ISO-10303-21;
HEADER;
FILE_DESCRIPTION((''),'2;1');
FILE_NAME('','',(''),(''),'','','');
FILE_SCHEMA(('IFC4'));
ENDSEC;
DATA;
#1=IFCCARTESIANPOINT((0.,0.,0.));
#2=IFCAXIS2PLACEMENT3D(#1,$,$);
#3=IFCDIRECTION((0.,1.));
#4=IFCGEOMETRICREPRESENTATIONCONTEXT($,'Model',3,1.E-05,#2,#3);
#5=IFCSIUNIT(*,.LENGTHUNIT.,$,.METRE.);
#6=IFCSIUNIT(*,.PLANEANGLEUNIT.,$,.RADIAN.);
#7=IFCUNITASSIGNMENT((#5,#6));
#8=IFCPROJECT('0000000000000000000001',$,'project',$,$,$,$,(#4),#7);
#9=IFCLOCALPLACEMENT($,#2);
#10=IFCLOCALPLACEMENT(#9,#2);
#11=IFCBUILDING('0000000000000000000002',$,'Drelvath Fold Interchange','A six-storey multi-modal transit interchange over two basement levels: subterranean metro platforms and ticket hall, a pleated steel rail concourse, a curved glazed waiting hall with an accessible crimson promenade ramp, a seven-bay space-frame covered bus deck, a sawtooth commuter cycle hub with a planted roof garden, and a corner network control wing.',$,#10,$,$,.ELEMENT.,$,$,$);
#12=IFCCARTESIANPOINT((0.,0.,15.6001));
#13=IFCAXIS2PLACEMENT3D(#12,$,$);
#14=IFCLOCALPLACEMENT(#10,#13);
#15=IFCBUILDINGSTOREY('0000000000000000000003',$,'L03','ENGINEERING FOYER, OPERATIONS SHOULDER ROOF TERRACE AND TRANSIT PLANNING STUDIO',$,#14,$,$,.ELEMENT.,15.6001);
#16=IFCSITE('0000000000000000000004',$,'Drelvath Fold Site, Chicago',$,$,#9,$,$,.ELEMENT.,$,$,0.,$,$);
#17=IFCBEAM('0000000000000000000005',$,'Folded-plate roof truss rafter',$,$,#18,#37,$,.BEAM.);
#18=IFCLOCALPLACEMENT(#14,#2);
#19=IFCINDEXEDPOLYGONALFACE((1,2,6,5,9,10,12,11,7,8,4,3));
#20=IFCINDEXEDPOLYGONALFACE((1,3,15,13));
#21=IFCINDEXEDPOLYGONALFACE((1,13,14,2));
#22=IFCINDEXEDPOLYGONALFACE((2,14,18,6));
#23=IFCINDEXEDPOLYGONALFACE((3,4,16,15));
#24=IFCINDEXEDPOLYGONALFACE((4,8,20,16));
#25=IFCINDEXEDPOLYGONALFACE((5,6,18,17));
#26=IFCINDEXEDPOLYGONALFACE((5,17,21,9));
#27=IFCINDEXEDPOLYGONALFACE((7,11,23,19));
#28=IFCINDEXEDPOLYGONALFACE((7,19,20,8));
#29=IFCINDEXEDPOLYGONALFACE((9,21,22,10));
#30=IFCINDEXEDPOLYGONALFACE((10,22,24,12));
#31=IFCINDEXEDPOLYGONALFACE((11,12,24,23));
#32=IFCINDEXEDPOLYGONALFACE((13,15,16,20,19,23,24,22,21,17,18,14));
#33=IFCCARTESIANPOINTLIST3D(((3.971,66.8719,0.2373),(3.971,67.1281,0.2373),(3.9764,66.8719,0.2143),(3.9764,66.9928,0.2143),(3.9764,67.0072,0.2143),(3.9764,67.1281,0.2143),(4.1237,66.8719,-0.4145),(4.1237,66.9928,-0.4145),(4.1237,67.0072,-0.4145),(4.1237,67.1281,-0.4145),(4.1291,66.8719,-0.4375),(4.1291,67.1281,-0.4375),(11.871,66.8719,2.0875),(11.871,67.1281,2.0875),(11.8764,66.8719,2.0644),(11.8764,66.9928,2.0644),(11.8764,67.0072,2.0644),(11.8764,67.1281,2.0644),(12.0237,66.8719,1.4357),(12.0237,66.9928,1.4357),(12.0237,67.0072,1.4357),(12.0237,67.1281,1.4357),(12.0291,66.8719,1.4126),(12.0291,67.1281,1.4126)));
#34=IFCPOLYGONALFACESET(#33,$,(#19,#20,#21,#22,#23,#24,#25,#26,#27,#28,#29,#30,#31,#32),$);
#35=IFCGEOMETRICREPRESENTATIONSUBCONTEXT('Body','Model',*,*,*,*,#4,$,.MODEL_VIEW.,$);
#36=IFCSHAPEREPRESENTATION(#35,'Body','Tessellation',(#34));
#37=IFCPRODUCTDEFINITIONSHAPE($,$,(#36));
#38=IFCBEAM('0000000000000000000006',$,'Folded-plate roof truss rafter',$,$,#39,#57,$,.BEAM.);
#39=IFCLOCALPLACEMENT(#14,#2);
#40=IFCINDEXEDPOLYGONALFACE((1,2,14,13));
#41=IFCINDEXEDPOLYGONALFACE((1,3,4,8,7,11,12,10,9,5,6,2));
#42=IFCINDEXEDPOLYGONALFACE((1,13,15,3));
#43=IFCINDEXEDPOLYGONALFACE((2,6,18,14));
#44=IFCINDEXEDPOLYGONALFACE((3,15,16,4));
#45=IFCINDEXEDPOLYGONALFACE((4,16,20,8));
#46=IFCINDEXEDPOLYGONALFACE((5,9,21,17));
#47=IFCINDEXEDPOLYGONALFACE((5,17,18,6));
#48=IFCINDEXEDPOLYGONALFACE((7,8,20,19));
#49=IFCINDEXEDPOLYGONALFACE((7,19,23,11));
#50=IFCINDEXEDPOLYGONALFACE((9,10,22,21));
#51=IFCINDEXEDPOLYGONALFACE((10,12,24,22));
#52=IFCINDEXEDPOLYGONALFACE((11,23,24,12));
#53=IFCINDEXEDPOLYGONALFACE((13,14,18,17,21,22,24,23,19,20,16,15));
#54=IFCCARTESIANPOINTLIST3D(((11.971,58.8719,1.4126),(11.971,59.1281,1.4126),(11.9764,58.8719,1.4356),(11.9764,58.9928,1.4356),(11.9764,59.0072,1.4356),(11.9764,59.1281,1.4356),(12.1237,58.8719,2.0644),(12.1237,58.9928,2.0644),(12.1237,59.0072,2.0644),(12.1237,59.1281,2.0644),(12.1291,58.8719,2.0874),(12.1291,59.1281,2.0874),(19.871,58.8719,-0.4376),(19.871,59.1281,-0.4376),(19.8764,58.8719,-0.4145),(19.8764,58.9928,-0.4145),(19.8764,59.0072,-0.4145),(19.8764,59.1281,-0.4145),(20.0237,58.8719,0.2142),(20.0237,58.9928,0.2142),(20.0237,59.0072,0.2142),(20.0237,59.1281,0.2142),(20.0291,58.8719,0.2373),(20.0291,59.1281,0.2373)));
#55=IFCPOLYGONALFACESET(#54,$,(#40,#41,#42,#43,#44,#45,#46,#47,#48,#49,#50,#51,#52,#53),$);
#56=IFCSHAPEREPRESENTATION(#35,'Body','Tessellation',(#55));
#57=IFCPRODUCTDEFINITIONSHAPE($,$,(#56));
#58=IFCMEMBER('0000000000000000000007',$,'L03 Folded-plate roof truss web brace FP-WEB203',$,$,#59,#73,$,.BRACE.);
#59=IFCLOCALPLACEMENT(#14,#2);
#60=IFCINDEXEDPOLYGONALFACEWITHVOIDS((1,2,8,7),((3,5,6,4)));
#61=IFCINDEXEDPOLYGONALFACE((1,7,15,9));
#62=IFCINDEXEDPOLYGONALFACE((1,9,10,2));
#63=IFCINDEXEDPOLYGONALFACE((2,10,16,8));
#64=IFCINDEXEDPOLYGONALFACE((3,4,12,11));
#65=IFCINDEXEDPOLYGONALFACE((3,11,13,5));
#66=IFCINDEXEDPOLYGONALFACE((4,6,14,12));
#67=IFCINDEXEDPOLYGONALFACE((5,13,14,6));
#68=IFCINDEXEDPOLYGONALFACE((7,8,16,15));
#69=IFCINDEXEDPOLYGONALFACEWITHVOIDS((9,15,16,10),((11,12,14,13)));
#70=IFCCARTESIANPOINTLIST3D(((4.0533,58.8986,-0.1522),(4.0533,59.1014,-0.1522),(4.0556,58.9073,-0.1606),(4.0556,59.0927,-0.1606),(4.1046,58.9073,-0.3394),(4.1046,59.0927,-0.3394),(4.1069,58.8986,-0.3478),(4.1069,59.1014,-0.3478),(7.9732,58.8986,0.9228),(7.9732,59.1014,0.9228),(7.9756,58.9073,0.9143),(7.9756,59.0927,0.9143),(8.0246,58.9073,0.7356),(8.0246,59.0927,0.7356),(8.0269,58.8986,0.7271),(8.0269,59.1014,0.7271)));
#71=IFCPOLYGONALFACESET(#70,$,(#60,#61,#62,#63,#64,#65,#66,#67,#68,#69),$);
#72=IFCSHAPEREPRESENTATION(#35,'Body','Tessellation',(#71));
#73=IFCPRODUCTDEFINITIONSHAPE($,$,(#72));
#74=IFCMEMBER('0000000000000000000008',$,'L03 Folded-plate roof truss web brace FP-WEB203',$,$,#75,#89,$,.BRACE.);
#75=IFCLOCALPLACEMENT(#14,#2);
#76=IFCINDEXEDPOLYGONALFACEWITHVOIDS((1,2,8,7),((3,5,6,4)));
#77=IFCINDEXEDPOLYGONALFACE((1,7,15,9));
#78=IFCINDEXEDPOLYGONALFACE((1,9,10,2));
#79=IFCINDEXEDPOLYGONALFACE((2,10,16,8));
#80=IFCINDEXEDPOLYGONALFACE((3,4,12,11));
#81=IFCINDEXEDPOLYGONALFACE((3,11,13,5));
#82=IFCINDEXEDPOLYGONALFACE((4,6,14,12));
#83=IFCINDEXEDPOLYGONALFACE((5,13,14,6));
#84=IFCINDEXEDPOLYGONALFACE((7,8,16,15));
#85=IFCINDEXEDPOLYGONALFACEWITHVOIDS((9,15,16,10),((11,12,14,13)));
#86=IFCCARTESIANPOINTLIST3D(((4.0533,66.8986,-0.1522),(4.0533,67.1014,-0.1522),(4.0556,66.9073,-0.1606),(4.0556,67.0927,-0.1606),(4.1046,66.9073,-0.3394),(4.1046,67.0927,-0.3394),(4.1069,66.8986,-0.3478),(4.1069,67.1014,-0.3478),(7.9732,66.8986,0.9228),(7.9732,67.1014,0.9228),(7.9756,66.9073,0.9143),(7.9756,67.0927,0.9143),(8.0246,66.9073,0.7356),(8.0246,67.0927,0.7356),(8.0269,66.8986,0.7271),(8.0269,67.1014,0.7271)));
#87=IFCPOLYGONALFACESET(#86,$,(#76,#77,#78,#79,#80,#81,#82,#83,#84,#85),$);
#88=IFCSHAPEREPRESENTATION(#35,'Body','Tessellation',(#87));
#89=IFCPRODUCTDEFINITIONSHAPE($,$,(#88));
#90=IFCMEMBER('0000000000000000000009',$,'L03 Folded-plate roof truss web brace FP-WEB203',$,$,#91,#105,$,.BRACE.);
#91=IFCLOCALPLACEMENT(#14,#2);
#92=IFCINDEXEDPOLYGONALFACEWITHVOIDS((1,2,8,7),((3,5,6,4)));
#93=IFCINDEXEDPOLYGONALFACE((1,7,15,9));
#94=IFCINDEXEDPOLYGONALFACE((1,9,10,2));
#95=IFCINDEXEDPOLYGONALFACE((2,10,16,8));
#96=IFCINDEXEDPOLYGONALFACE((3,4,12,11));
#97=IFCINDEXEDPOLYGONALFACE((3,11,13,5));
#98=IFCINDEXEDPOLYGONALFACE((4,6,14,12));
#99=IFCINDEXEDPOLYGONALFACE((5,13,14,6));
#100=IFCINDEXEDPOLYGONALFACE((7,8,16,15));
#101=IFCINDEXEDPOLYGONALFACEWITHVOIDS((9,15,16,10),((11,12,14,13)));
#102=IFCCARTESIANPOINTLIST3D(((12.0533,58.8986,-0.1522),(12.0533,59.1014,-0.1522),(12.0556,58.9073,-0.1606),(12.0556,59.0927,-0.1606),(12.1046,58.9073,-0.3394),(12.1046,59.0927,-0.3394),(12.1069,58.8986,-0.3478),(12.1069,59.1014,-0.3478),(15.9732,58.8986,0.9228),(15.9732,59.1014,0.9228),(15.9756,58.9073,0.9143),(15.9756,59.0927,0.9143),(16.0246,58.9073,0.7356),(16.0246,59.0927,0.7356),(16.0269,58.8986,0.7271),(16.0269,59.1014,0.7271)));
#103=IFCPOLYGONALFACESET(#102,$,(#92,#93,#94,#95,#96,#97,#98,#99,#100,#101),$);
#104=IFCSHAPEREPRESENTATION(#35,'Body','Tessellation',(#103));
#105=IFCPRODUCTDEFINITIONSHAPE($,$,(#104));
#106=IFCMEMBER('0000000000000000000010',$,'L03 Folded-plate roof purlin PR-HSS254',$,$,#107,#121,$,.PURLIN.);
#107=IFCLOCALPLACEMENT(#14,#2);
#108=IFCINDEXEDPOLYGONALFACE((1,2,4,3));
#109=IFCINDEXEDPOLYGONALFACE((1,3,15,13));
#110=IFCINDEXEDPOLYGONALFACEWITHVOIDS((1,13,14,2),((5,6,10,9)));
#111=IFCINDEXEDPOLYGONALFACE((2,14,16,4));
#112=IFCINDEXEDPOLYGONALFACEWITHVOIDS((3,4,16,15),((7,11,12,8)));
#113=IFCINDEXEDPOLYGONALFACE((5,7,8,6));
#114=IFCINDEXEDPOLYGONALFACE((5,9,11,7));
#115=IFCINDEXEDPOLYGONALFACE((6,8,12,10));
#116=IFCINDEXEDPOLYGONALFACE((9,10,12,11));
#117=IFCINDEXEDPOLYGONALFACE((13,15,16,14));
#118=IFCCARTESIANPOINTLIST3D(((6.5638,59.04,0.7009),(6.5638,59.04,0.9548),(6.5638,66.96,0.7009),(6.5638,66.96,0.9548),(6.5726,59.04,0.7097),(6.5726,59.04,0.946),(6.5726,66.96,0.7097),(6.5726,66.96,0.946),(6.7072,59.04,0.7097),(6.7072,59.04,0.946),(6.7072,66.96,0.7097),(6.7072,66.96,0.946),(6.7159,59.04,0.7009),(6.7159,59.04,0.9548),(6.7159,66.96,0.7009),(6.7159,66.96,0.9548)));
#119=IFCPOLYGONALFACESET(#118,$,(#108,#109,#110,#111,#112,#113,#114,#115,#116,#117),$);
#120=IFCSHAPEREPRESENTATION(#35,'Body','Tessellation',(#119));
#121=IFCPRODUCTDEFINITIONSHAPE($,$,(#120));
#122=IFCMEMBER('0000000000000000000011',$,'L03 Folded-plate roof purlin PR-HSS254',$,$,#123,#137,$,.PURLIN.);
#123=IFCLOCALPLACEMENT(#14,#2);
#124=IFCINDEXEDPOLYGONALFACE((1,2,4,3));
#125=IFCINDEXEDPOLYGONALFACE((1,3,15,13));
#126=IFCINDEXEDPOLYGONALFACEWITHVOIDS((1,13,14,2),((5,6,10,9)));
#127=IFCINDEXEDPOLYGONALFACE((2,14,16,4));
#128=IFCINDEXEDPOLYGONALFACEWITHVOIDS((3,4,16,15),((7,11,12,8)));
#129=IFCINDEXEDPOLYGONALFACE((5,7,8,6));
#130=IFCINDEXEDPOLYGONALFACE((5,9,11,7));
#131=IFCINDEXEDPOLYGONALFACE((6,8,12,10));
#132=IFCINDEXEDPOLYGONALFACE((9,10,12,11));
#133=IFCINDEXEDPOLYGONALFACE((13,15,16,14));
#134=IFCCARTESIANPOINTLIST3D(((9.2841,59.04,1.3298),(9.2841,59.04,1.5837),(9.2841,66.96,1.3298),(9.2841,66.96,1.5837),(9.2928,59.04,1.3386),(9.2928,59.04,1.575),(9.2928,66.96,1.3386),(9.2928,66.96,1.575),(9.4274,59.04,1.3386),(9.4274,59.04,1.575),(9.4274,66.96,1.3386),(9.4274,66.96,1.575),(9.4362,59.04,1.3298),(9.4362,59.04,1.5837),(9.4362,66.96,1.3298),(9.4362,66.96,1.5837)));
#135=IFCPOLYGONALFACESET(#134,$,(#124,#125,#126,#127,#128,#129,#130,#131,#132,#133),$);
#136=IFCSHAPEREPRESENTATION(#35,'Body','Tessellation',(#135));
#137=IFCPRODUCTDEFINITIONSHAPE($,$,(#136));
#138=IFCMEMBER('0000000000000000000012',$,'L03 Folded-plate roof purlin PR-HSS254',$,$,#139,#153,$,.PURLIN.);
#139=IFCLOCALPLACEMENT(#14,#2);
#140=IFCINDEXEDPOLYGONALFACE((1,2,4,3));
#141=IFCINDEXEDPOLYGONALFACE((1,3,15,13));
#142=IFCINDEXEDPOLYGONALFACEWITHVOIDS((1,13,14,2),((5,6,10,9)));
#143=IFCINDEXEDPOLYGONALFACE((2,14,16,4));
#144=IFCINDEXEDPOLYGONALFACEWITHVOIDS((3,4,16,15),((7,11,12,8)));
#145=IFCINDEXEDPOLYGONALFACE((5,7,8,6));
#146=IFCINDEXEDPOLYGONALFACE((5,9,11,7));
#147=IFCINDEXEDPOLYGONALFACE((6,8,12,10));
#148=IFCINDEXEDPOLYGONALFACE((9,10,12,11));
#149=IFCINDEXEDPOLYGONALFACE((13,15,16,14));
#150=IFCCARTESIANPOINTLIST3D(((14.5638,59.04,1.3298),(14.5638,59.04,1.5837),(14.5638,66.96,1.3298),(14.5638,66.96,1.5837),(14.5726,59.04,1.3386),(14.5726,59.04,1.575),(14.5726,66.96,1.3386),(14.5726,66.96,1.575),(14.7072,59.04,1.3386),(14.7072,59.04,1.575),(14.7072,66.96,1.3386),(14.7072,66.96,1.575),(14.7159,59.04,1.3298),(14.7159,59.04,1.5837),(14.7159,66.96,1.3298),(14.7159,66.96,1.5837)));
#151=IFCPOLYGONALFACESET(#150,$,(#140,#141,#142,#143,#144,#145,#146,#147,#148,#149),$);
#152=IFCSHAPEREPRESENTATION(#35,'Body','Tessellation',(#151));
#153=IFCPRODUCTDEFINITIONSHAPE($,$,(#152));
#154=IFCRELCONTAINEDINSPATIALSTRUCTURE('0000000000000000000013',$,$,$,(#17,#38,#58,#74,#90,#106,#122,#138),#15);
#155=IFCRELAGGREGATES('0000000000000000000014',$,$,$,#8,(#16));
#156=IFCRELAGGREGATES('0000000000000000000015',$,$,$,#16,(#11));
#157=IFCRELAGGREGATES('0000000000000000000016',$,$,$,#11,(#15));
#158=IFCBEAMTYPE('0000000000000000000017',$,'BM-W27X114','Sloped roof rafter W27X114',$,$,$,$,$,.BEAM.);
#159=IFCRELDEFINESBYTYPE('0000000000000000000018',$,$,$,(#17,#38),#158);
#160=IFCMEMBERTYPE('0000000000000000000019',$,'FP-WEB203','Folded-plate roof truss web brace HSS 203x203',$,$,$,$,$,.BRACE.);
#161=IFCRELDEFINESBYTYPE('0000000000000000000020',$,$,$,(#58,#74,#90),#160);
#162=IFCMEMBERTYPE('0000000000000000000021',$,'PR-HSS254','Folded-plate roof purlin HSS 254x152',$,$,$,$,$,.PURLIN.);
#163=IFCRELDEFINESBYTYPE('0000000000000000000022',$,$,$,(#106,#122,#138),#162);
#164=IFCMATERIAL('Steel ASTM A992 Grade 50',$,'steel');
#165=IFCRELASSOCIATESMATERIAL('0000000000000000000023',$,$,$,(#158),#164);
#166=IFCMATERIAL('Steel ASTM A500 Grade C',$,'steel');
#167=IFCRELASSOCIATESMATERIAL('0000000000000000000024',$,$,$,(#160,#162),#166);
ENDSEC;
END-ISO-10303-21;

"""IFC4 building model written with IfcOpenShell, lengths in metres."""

from ifc_helpers import new_model, si_unit, direction, frame, origin, origin_2d, place, context, subcontext, project, spatial, hollow_rectangle, i_section, extrude, material, material_profile, profile_set, type_object, element, save


model = new_model("IFC4")

# Units and contexts
model_context = context("Model", 3, precision=1e-05, world=origin(), true_north=direction((0.0, 1.0)))
body_context = subcontext(model_context, "Body", "Model", "MODEL_VIEW")
ifc_project = project(units=[si_unit("LENGTHUNIT", "METRE"), si_unit("PLANEANGLEUNIT", "RADIAN")], contexts=[model_context])

# Site, building, storey
site_placement = place(None, origin())
site = spatial("IfcSite", under=ifc_project, at=site_placement, Name="Drelvath Fold Site, Chicago", CompositionType="ELEMENT", RefElevation=0.0)
building_placement = place(site_placement, origin())
building = spatial("IfcBuilding", under=site, at=building_placement, Name="Drelvath Fold Interchange", Description="A six-storey multi-modal transit interchange over two basement levels: subterranean metro platforms and ticket hall, a pleated steel rail concourse, a curved glazed waiting hall with an accessible crimson promenade ramp, a seven-bay space-frame covered bus deck, a sawtooth commuter cycle hub with a planted roof garden, and a corner network control wing.", CompositionType="ELEMENT")
storey_placement = place(building_placement, frame((0.0, 0.0, 15.6001)))
storey = spatial("IfcBuildingStorey", under=building, at=storey_placement, Name="L03", Description="ENGINEERING FOYER, OPERATIONS SHOULDER ROOF TERRACE AND TRANSIT PLANNING STUDIO", CompositionType="ELEMENT", Elevation=15.6001)

# Beams
ifc_material_1 = material(Name="Steel ASTM A992 Grade 50", Category="steel")
ifc_material_profile_1 = material_profile(ifc_material_1, i_section(OverallWidth=0.2561, OverallDepth=0.6931, WebThickness=0.0144, FlangeThickness=0.0237, at=origin_2d()), Name="W27X114")
ifc_profile_set_1 = profile_set([ifc_material_profile_1], Name="Steel ASTM A992 Grade 50")
beam_type = type_object("IfcBeamType", Name="BM-W27X114", Description="Sloped roof rafter W27X114", PredefinedType="BEAM", material=ifc_profile_set_1)
for number, where, z_axis, x_axis, name in (
    (1, (4.05, 67.0, -0.1001), (0.973656, 0.0, 0.228023), (0.0, 1.0, 0.0), "Folded-plate roof truss rafter"),
    (2, (12.05, 59.0, 1.75), (0.973656, 0.0, -0.228023), (0.0, 1.0, 0.0), "Folded-plate roof truss rafter"),
):
    element("IfcBeam", number, at=place(storey_placement, frame(where, z_axis=z_axis, x_axis=x_axis)), inside=storey, type_object=beam_type, Name=name, PredefinedType="BEAM", context=body_context, shape_type="SweptSolid", body=[
        extrude(i_section(OverallWidth=0.2561, OverallDepth=0.6931, WebThickness=0.0144, FlangeThickness=0.0237, at=origin_2d()), origin(), (0.0, 0.0, 1.0), 8.1138),
    ])

# Members
ifc_material_2 = material(Name="Steel ASTM A500 Grade C", Category="steel")
ifc_material_profile_2 = material_profile(ifc_material_2, hollow_rectangle(XDim=0.2029, YDim=0.2029, WallThickness=0.0088, at=origin_2d()), Name="HSS8X8X3/8")
ifc_profile_set_2 = profile_set([ifc_material_profile_2], Name="Steel ASTM A500 Grade C")
member_type_1 = type_object("IfcMemberType", Name="FP-WEB203", Description="Folded-plate roof truss web brace HSS 203x203", PredefinedType="BRACE", material=ifc_profile_set_2)
for number, where, z_axis, x_axis, name in (
    (3, (4.0801, 59.0, -0.25), (0.964396, 0.0, 0.264464), (0.0, 1.0, 0.0), "L03 Folded-plate roof truss web brace FP-WEB203"),
    (4, (4.0801, 67.0, -0.25), (0.964396, 0.0, 0.264464), (0.0, 1.0, 0.0), "L03 Folded-plate roof truss web brace FP-WEB203"),
    (5, (12.0801, 59.0, -0.25), (0.964396, 0.0, 0.264464), (0.0, 1.0, 0.0), "L03 Folded-plate roof truss web brace FP-WEB203"),
):
    element("IfcMember", number, at=place(storey_placement, frame(where, z_axis=z_axis, x_axis=x_axis)), inside=storey, type_object=member_type_1, Name=name, PredefinedType="BRACE", context=body_context, shape_type="SweptSolid", body=[
        extrude(hollow_rectangle(XDim=0.2029, YDim=0.2029, WallThickness=0.0088, at=origin_2d()), origin(), (0.0, 0.0, 1.0), 4.0647),
    ])
ifc_material_profile_3 = material_profile(ifc_material_2, hollow_rectangle(XDim=0.1521, YDim=0.2539, WallThickness=0.0088, at=origin_2d()), Name="HSS10X6X3/8")
ifc_profile_set_3 = profile_set([ifc_material_profile_3], Name="Steel ASTM A500 Grade C")
member_type_2 = type_object("IfcMemberType", Name="PR-HSS254", Description="Folded-plate roof purlin HSS 254x152", PredefinedType="PURLIN", material=ifc_profile_set_3)
for number, where, z_axis, x_axis, name in (
    (6, (6.6399, 59.04, 0.8279), (0.0, 1.0, 0.0), (-1.0, 0.0, 0.0), "L03 Folded-plate roof purlin PR-HSS254"),
    (7, (9.3601, 59.04, 1.4568), (0.0, 1.0, 0.0), (-1.0, 0.0, 0.0), "L03 Folded-plate roof purlin PR-HSS254"),
    (8, (14.6399, 59.04, 1.4568), (0.0, 1.0, 0.0), (-1.0, 0.0, 0.0), "L03 Folded-plate roof purlin PR-HSS254"),
):
    element("IfcMember", number, at=place(storey_placement, frame(where, z_axis=z_axis, x_axis=x_axis)), inside=storey, type_object=member_type_2, Name=name, PredefinedType="PURLIN", context=body_context, shape_type="SweptSolid", body=[
        extrude(hollow_rectangle(XDim=0.1521, YDim=0.2539, WallThickness=0.0088, at=origin_2d()), origin(), (0.0, 0.0, 1.0), 7.9199),
    ])

save(model, "model.ifc")
